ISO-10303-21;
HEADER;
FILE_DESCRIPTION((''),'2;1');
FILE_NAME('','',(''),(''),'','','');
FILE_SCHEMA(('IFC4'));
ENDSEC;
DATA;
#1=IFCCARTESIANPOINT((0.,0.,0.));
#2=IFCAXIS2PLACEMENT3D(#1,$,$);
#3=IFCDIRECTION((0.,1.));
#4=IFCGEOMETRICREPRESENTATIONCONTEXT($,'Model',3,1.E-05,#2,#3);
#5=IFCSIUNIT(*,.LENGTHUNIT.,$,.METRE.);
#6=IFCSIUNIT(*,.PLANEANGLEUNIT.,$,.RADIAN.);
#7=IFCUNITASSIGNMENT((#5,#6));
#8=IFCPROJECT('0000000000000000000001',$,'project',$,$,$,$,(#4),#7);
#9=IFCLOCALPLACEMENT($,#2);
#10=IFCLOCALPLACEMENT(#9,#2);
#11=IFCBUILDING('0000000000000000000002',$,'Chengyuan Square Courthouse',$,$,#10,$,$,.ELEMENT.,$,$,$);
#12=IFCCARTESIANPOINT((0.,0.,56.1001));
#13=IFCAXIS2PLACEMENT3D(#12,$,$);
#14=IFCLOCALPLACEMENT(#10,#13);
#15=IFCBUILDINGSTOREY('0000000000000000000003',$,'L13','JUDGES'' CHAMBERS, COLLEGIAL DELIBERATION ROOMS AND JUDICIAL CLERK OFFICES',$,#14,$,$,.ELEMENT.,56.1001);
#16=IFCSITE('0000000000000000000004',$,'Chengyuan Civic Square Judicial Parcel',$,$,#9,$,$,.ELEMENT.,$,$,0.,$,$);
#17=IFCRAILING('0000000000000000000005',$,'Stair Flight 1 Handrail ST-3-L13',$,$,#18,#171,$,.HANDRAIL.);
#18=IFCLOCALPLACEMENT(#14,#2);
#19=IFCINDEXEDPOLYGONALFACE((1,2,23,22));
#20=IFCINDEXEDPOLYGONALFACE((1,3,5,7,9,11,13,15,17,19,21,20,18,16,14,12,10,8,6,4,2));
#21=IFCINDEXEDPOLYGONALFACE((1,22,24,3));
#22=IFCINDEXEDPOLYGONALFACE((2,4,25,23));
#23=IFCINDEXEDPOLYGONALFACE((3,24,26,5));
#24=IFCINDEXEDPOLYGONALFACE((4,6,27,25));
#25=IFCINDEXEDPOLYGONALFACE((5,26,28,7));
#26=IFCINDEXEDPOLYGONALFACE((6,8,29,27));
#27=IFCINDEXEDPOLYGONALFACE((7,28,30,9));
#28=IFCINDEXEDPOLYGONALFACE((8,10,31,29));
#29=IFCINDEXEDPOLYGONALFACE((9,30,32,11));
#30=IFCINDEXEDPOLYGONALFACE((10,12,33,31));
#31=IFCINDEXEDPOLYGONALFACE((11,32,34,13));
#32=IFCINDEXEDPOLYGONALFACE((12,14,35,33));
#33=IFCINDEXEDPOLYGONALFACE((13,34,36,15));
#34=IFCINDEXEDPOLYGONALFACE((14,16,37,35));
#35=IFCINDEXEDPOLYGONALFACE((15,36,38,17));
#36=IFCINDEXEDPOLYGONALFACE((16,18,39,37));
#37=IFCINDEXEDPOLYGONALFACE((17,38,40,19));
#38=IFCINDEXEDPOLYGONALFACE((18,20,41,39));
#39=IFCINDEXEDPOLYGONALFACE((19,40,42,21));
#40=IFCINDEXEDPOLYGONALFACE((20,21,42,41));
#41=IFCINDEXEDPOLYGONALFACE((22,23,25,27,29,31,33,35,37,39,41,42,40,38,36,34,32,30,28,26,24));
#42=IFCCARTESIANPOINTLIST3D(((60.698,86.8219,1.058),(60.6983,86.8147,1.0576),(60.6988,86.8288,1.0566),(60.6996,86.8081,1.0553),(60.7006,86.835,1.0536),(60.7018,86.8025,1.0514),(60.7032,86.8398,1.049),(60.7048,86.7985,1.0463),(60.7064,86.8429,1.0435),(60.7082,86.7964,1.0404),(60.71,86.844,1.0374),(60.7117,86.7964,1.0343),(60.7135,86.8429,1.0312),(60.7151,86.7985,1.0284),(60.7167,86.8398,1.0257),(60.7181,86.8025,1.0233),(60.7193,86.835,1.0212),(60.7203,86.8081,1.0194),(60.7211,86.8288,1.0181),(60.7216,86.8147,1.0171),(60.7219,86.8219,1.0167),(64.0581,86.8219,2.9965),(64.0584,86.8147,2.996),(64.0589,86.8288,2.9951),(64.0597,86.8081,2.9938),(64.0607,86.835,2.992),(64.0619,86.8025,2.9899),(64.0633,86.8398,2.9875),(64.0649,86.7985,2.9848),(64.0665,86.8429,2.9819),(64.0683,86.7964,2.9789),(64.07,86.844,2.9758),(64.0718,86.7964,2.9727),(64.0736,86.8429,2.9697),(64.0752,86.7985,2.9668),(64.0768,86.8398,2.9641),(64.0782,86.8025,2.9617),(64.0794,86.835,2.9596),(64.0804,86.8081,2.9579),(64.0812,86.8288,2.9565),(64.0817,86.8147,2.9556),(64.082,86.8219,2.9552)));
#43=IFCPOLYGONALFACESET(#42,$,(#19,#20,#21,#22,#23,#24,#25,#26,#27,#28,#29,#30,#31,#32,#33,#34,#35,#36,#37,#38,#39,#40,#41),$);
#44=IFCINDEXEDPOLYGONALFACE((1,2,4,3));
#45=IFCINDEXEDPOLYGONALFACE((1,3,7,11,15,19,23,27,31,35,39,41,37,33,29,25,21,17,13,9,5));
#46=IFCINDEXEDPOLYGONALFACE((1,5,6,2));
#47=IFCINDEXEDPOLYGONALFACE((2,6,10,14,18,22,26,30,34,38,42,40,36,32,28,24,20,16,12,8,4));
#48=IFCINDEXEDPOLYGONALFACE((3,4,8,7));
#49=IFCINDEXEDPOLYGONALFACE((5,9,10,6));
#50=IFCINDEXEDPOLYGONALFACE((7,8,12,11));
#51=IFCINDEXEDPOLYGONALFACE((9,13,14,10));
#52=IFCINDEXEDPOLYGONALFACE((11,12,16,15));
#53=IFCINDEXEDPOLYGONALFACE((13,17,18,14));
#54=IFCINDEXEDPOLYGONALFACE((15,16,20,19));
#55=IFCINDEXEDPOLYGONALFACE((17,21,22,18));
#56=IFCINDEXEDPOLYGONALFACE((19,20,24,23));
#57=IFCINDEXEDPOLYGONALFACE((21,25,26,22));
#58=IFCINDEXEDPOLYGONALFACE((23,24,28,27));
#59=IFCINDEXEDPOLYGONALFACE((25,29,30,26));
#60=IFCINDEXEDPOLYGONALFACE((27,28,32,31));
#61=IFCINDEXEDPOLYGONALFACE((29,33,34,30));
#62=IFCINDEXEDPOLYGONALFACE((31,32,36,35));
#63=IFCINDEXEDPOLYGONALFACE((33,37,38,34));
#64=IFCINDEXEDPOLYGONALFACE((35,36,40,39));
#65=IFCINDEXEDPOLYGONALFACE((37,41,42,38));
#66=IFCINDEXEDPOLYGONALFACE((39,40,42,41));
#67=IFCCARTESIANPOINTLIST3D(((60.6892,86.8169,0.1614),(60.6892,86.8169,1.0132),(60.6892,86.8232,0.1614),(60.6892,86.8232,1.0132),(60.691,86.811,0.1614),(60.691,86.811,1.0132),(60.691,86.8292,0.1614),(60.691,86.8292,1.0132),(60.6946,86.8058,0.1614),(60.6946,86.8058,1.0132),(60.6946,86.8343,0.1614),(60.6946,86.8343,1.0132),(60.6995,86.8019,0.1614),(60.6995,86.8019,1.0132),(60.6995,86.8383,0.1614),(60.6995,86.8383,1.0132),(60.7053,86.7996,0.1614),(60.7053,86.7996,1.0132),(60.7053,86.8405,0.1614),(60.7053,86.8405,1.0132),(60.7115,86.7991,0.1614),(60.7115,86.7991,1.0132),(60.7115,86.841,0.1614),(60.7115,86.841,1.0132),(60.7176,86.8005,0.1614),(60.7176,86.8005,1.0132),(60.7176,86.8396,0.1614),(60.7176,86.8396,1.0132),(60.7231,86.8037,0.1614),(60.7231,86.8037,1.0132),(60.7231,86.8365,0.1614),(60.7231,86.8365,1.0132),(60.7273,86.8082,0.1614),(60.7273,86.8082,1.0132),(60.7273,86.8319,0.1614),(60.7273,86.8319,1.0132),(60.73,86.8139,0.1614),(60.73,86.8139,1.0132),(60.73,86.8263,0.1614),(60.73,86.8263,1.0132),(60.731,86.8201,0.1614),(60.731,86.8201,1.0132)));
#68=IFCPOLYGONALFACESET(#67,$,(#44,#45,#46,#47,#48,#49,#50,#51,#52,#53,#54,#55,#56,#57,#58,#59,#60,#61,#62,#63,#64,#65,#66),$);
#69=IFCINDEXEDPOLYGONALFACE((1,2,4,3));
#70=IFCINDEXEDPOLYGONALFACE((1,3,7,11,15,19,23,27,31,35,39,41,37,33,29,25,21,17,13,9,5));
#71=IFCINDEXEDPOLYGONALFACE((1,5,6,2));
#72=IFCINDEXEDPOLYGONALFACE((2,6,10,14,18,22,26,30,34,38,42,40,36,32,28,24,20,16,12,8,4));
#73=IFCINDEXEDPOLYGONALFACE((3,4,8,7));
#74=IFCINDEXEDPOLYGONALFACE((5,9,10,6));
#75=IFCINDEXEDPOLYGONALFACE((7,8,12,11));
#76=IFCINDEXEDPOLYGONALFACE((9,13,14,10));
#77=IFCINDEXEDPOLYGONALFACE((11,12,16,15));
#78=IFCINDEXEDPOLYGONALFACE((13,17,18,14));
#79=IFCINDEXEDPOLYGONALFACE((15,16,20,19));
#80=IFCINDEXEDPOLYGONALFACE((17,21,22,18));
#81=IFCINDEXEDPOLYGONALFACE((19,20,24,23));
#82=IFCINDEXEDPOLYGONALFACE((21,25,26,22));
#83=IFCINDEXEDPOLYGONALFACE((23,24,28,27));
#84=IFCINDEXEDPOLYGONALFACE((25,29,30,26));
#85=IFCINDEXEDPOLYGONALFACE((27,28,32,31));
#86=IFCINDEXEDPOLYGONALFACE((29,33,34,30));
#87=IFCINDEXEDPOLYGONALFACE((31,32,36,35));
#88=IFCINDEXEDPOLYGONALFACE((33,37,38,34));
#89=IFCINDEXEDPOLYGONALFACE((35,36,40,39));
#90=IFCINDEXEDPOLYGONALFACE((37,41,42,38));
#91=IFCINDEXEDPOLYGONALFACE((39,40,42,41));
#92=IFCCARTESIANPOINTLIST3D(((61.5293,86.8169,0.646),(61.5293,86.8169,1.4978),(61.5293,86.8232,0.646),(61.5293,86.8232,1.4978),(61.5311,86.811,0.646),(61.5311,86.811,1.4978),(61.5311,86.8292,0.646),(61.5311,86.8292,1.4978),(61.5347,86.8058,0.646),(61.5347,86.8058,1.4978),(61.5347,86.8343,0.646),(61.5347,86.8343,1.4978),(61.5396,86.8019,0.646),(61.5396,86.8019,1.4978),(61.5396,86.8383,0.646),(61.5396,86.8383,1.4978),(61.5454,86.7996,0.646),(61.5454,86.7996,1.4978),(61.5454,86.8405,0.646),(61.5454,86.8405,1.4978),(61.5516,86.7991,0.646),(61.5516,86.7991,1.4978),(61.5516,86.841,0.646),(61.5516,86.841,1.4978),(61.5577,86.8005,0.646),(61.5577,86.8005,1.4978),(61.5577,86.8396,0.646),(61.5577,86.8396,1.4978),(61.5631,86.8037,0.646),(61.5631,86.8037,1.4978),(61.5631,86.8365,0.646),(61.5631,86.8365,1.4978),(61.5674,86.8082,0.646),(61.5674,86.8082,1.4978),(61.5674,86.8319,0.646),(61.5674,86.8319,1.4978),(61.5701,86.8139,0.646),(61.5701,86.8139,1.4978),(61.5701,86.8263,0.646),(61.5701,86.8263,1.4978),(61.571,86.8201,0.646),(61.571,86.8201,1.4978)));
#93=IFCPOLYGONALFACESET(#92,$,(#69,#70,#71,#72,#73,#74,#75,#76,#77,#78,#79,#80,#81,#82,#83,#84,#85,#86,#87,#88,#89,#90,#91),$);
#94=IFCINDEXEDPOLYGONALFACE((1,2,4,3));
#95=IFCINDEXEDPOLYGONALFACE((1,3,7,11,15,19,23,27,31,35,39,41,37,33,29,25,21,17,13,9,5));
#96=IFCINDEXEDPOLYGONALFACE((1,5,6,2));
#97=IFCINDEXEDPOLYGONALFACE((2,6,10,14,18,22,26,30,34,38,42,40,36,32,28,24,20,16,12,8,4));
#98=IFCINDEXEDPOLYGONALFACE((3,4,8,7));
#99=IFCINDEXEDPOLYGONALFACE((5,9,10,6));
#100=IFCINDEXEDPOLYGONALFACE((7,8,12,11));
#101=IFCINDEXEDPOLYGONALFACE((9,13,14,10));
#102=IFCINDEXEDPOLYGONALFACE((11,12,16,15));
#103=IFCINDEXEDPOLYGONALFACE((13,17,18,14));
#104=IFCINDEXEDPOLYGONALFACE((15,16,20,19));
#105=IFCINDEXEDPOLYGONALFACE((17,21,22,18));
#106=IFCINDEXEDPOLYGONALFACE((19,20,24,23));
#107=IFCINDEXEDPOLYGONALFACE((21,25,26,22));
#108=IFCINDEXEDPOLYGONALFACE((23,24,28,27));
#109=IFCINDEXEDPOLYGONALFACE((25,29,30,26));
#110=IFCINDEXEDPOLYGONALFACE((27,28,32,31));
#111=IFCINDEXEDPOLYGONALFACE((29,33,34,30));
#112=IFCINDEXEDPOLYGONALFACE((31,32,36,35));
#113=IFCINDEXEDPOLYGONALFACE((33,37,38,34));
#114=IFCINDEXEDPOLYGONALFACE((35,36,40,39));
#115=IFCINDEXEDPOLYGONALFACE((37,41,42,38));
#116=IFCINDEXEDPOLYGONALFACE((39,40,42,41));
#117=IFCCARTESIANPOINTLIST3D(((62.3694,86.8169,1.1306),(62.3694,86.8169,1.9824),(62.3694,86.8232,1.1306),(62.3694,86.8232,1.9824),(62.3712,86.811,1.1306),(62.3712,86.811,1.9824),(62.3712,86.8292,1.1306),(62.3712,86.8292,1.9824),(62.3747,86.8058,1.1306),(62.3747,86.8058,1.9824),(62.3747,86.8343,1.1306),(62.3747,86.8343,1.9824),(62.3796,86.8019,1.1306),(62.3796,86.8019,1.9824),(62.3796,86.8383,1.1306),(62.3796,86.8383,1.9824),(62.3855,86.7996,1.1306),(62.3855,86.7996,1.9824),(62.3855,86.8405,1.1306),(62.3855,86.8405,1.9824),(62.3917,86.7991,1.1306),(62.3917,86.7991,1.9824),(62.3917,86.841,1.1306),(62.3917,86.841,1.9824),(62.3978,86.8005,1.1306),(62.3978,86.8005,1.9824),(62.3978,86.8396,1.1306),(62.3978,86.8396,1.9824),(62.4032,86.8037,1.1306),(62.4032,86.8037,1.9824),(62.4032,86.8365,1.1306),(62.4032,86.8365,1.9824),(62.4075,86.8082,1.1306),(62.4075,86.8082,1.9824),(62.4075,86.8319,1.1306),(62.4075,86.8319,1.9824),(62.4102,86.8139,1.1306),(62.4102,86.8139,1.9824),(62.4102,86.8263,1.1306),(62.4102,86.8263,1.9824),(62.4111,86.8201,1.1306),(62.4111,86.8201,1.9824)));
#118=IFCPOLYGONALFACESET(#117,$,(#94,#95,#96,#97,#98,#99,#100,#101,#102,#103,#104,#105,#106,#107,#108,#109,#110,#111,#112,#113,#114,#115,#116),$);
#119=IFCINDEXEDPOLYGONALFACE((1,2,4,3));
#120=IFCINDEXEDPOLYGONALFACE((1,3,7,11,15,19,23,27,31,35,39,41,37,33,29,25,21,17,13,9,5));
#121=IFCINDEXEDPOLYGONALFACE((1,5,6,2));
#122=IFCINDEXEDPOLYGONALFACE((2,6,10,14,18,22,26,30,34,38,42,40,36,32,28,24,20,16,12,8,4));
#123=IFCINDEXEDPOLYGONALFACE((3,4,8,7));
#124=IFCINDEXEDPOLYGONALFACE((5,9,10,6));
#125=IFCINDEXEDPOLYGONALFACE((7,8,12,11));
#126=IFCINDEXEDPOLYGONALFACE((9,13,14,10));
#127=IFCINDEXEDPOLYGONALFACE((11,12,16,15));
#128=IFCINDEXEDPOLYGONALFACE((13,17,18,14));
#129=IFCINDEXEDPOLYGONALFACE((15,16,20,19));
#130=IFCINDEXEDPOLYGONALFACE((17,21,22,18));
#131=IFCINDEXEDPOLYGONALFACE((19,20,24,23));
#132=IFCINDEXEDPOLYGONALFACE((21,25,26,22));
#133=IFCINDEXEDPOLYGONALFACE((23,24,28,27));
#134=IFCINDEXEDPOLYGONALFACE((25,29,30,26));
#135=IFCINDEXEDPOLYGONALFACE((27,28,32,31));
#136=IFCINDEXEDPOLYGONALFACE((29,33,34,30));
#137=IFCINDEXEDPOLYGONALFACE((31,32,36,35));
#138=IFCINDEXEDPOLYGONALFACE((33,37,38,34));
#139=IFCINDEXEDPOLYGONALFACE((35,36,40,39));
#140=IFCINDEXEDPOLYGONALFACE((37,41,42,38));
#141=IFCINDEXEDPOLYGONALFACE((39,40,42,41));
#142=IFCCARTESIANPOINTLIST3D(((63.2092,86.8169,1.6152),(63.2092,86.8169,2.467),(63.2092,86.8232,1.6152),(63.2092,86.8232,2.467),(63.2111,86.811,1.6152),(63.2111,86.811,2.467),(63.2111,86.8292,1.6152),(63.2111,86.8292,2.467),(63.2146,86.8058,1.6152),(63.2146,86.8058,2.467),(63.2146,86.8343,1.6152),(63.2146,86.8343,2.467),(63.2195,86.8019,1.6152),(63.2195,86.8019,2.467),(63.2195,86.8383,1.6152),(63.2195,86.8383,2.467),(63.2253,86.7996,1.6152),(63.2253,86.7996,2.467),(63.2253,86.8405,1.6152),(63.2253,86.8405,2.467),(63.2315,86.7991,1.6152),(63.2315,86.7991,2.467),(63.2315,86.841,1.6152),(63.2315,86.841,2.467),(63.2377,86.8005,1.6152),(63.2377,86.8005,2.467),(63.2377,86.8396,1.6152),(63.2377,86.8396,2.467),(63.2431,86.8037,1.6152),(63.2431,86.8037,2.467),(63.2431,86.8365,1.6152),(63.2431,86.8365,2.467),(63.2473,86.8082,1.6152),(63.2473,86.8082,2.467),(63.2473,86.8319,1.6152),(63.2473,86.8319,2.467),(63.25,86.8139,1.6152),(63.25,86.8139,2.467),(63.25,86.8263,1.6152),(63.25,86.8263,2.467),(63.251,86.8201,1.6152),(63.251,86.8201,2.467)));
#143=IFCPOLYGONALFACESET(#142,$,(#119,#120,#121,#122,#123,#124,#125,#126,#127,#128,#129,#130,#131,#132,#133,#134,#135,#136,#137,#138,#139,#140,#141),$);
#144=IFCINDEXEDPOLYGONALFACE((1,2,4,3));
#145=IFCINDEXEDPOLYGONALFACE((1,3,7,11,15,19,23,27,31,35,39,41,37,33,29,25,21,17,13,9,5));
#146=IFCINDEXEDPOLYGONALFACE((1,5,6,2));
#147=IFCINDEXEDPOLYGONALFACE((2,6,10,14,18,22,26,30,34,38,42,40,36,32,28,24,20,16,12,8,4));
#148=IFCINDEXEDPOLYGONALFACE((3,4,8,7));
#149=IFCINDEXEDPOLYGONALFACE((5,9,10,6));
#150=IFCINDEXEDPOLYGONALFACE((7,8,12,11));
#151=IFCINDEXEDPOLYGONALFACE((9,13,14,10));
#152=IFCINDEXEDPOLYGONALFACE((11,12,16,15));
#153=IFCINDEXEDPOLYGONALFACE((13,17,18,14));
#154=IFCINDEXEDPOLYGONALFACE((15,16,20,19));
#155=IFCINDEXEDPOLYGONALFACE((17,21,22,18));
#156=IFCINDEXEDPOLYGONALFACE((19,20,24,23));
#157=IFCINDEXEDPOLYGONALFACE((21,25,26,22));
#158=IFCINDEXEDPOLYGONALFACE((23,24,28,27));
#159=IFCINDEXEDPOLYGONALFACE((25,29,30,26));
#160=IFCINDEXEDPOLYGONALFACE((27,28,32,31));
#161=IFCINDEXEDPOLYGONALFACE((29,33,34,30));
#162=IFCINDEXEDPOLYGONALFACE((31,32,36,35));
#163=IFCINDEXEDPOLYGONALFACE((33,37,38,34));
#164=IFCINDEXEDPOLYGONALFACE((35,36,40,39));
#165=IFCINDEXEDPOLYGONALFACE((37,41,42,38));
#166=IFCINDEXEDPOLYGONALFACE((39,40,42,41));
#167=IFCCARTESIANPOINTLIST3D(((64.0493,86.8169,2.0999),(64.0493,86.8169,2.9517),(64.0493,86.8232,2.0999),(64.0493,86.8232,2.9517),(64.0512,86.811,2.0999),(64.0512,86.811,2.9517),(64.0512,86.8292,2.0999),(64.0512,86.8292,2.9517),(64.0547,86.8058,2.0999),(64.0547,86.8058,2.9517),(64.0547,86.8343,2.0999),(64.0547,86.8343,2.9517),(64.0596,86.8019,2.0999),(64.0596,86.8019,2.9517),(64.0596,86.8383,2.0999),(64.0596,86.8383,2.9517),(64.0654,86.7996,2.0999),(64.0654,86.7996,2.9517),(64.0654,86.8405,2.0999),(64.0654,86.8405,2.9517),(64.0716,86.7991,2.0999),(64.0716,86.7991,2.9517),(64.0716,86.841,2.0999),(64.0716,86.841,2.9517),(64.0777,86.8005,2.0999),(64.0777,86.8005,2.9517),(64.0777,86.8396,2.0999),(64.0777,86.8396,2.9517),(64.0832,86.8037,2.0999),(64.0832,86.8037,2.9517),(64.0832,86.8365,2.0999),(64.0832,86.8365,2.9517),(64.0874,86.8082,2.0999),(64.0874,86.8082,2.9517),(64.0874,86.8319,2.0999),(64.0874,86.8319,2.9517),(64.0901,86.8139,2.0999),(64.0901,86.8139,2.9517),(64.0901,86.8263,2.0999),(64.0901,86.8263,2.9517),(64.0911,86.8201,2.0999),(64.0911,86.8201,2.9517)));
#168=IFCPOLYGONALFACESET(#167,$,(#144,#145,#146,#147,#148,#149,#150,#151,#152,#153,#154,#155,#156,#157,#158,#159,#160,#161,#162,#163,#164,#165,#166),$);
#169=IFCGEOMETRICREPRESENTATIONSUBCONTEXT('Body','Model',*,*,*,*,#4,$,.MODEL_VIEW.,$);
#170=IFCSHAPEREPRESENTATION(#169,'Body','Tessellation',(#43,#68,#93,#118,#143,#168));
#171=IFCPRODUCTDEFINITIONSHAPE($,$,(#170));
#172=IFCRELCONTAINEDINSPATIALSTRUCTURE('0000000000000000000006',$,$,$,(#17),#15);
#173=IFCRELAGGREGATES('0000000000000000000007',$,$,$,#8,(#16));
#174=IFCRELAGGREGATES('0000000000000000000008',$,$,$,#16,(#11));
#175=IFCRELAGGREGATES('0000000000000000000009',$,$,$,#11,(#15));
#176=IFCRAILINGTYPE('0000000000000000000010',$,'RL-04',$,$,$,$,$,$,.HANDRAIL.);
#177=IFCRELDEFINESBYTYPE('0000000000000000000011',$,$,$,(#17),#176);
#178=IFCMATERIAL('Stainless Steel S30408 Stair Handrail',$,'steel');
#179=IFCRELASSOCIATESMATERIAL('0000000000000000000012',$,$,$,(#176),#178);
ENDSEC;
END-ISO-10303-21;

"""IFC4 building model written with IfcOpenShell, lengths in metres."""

from ifc_helpers import new_model, si_unit, direction, frame, origin, origin_2d, place, context, subcontext, project, spatial, circle, extrude, material, type_object, element, save


model = new_model("IFC4")

# Units and contexts
model_context = context("Model", 3, precision=1e-05, world=origin(), true_north=direction((0.0, 1.0)))
body_context = subcontext(model_context, "Body", "Model", "MODEL_VIEW")
ifc_project = project(units=[si_unit("LENGTHUNIT", "METRE"), si_unit("PLANEANGLEUNIT", "RADIAN")], contexts=[model_context])

# Site, building, storey
site_placement = place(None, origin())
site = spatial("IfcSite", under=ifc_project, at=site_placement, Name="Chengyuan Civic Square Judicial Parcel", CompositionType="ELEMENT", RefElevation=0.0)
building_placement = place(site_placement, origin())
building = spatial("IfcBuilding", under=site, at=building_placement, Name="Chengyuan Square Courthouse", CompositionType="ELEMENT")
storey_placement = place(building_placement, frame((0.0, 0.0, 56.1001)))
storey = spatial("IfcBuildingStorey", under=building, at=storey_placement, Name="L13", Description="JUDGES' CHAMBERS, COLLEGIAL DELIBERATION ROOMS AND JUDICIAL CLERK OFFICES", CompositionType="ELEMENT", Elevation=56.1001)

# Railing
ifc_material_1 = material(Name="Stainless Steel S30408 Stair Handrail", Category="steel")
railing_type_1 = type_object("IfcRailingType", Name="RL-04", PredefinedType="HANDRAIL", material=ifc_material_1)
railing_1_placement = place(storey_placement, frame((60.71, 86.8201, 0.1614)))
element("IfcRailing", 1, at=railing_1_placement, inside=storey, type_object=railing_type_1, Name="Stair Flight 1 Handrail ST-3-L13", PredefinedType="HANDRAIL", context=body_context, shape_type="SweptSolid", body=[
    extrude(circle(Radius=0.0239, at=origin_2d()), frame((0.0, 0.0, 0.876), z_axis=(0.866191, 0.0, 0.499713), x_axis=(0.0, 1.0, 0.0)), (0.0, 0.0, 1.0), 3.8792),
    extrude(circle(Radius=0.021, at=origin_2d()), origin(), (0.0, 0.0, 1.0), 0.8518),
    extrude(circle(Radius=0.021, at=origin_2d()), frame((0.8401, 0.0, 0.4846)), (0.0, 0.0, 1.0), 0.8518),
    extrude(circle(Radius=0.021, at=origin_2d()), frame((1.6802, 0.0, 0.9692)), (0.0, 0.0, 1.0), 0.8518),
    extrude(circle(Radius=0.021, at=origin_2d()), frame((2.52, 0.0, 1.4539)), (0.0, 0.0, 1.0), 0.8518),
    extrude(circle(Radius=0.021, at=origin_2d()), frame((3.3601, 0.0, 1.9385)), (0.0, 0.0, 1.0), 0.8518),
])

save(model, "model.ifc")
